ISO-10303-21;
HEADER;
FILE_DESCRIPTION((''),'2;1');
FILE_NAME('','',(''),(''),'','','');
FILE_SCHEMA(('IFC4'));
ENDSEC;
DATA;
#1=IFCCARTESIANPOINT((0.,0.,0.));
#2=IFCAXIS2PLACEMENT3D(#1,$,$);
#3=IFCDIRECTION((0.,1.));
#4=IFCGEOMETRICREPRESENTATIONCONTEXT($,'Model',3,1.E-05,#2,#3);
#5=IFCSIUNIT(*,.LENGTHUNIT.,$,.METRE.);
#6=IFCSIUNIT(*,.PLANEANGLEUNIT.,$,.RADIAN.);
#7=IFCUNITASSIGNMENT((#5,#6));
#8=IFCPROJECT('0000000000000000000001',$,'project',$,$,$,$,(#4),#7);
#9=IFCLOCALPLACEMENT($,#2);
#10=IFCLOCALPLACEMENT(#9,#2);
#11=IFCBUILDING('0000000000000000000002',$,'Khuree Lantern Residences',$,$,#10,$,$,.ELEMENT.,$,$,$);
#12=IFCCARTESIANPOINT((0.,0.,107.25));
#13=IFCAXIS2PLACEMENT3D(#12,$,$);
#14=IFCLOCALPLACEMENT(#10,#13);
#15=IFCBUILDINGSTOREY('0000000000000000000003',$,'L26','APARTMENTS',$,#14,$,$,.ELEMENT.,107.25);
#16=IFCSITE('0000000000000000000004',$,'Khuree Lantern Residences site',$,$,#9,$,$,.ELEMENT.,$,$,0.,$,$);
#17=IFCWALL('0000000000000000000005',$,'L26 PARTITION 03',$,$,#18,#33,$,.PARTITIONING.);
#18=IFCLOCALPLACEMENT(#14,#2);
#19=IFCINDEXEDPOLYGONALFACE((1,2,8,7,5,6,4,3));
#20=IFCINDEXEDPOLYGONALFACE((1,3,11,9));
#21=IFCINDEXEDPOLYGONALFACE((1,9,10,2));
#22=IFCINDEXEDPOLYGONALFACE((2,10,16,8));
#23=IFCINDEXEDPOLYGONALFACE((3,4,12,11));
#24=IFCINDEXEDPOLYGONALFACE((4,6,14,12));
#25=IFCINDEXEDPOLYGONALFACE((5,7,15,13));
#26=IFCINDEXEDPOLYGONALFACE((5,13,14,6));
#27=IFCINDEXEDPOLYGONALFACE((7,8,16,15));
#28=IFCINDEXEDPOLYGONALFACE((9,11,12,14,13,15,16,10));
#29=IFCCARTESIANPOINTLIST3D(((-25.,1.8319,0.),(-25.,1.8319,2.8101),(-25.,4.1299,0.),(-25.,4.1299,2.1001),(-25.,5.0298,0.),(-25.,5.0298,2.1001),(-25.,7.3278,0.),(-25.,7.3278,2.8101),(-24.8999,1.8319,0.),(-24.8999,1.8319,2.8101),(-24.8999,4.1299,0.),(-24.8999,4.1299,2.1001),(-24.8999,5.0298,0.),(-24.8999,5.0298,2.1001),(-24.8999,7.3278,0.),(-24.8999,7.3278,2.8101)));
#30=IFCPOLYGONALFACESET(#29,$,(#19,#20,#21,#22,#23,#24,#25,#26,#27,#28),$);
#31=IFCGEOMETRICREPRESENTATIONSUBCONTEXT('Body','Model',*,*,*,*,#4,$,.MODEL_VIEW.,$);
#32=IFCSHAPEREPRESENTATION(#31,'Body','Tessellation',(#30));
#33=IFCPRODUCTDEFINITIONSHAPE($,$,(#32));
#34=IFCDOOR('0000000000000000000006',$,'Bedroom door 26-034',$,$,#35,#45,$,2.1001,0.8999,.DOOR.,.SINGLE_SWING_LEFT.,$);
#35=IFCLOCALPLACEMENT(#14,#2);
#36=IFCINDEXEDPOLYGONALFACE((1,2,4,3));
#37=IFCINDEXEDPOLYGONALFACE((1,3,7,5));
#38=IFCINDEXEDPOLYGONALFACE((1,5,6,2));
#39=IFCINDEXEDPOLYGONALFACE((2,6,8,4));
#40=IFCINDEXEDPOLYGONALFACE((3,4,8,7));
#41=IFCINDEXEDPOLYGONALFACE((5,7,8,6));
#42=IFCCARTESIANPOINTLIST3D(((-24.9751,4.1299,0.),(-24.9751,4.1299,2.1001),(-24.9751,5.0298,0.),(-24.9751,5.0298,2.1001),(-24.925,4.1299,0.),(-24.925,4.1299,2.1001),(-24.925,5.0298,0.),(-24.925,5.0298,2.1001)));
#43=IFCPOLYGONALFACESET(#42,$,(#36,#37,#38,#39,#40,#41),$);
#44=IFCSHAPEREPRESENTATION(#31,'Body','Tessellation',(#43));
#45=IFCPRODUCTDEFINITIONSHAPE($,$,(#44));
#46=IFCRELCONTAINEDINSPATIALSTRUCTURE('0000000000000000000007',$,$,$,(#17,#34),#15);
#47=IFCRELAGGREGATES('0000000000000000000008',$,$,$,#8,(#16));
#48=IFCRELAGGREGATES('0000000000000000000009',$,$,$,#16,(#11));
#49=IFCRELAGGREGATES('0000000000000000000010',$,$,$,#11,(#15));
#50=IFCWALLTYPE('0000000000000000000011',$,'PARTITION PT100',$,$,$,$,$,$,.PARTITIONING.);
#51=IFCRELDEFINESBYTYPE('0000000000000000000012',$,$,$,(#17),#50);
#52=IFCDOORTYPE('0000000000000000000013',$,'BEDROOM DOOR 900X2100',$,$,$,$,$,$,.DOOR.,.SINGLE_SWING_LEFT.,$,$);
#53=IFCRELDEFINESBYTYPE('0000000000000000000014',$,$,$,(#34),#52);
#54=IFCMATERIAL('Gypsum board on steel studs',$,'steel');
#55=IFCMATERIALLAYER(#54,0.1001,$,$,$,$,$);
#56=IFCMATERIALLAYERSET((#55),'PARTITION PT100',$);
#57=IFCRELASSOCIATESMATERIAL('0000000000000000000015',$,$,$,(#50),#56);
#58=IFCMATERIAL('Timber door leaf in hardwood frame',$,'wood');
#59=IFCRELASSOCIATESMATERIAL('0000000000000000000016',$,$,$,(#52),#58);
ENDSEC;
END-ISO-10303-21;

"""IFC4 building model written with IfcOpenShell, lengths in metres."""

from ifc_helpers import new_model, si_unit, direction, frame, frame_2d, origin, place, context, subcontext, project, spatial, rectangle, extrude, material, layer, layer_set, type_object, element, fill, save


model = new_model("IFC4")

# Units and contexts
model_context = context("Model", 3, precision=1e-05, world=origin(), true_north=direction((0.0, 1.0)))
body_context = subcontext(model_context, "Body", "Model", "MODEL_VIEW")
ifc_project = project(units=[si_unit("LENGTHUNIT", "METRE"), si_unit("PLANEANGLEUNIT", "RADIAN")], contexts=[model_context])

# Site, building, storey
site_placement = place(None, origin())
site = spatial("IfcSite", under=ifc_project, at=site_placement, Name="Khuree Lantern Residences site", CompositionType="ELEMENT", RefElevation=0.0)
building_placement = place(site_placement, origin())
building = spatial("IfcBuilding", under=site, at=building_placement, Name="Khuree Lantern Residences", CompositionType="ELEMENT")
storey_placement = place(building_placement, frame((0.0, 0.0, 107.25)))
storey = spatial("IfcBuildingStorey", under=building, at=storey_placement, Name="L26", Description="APARTMENTS", CompositionType="ELEMENT", Elevation=107.25)

# Shared definitions
ifc_material_1 = material(Name="Timber door leaf in hardwood frame", Category="wood")

# Shared definitions
ifc_material_2 = material(Name="Gypsum board on steel studs", Category="steel")
ifc_layer_1 = layer(ifc_material_2, 0.1001)
ifc_layer_set_1 = layer_set([ifc_layer_1], Name="PARTITION PT100")
wall_type_1 = type_object("IfcWallType", Name="PARTITION PT100", PredefinedType="PARTITIONING", material=ifc_layer_set_1)

# Wall, opening, door
door_type_1 = type_object("IfcDoorType", Name="BEDROOM DOOR 900X2100", OperationType="SINGLE_SWING_LEFT", PredefinedType="DOOR", material=ifc_material_1)
wall_1_placement = place(storey_placement, frame((-24.95, 7.3279, 0.0), z_axis=(0.0, 0.0, 1.0), x_axis=(0.0, -1.0, 0.0)))
wall_1 = element("IfcWall", 1, at=wall_1_placement, inside=storey, type_object=wall_type_1, Name="L26 PARTITION 03", PredefinedType="PARTITIONING", context=body_context, shape_type="SweptSolid", body=[
    extrude(rectangle(XDim=5.4958, YDim=0.1001, at=frame_2d((2.748, 0.0))), origin(), (0.0, 0.0, 1.0), 2.8101),
])
opening_1_placement = place(wall_1_placement, frame((2.2981, 0.0, 0.0)))
opening_1 = element("IfcOpeningElement", 2, at=opening_1_placement, cuts=wall_1, PredefinedType="OPENING", context=body_context, shape_type="SweptSolid", body=[
    extrude(rectangle(XDim=0.8999, YDim=2.1001, at=frame_2d((0.45, 1.05))), frame((0.0, 0.0601, 0.0), z_axis=(0.0, -1.0, 0.0), x_axis=(1.0, 0.0, 0.0)), (0.0, 0.0, 1.0), 0.1201),
])
door_1_placement = place(opening_1_placement, origin())
door_1 = element("IfcDoor", 3, at=door_1_placement, inside=storey, type_object=door_type_1, Name="Bedroom door 26-034", OperationType="SINGLE_SWING_LEFT", OverallHeight=2.1001, OverallWidth=0.8999, PredefinedType="DOOR", context=body_context, shape_type="SweptSolid", body=[
    extrude(rectangle(XDim=0.8999, YDim=2.1001, at=frame_2d((0.45, 1.05))), frame((0.0, 0.0249, 0.0), z_axis=(0.0, -1.0, 0.0), x_axis=(1.0, 0.0, 0.0)), (0.0, 0.0, 1.0), 0.05),
])
fill(opening_1, door_1)

save(model, "model.ifc")
